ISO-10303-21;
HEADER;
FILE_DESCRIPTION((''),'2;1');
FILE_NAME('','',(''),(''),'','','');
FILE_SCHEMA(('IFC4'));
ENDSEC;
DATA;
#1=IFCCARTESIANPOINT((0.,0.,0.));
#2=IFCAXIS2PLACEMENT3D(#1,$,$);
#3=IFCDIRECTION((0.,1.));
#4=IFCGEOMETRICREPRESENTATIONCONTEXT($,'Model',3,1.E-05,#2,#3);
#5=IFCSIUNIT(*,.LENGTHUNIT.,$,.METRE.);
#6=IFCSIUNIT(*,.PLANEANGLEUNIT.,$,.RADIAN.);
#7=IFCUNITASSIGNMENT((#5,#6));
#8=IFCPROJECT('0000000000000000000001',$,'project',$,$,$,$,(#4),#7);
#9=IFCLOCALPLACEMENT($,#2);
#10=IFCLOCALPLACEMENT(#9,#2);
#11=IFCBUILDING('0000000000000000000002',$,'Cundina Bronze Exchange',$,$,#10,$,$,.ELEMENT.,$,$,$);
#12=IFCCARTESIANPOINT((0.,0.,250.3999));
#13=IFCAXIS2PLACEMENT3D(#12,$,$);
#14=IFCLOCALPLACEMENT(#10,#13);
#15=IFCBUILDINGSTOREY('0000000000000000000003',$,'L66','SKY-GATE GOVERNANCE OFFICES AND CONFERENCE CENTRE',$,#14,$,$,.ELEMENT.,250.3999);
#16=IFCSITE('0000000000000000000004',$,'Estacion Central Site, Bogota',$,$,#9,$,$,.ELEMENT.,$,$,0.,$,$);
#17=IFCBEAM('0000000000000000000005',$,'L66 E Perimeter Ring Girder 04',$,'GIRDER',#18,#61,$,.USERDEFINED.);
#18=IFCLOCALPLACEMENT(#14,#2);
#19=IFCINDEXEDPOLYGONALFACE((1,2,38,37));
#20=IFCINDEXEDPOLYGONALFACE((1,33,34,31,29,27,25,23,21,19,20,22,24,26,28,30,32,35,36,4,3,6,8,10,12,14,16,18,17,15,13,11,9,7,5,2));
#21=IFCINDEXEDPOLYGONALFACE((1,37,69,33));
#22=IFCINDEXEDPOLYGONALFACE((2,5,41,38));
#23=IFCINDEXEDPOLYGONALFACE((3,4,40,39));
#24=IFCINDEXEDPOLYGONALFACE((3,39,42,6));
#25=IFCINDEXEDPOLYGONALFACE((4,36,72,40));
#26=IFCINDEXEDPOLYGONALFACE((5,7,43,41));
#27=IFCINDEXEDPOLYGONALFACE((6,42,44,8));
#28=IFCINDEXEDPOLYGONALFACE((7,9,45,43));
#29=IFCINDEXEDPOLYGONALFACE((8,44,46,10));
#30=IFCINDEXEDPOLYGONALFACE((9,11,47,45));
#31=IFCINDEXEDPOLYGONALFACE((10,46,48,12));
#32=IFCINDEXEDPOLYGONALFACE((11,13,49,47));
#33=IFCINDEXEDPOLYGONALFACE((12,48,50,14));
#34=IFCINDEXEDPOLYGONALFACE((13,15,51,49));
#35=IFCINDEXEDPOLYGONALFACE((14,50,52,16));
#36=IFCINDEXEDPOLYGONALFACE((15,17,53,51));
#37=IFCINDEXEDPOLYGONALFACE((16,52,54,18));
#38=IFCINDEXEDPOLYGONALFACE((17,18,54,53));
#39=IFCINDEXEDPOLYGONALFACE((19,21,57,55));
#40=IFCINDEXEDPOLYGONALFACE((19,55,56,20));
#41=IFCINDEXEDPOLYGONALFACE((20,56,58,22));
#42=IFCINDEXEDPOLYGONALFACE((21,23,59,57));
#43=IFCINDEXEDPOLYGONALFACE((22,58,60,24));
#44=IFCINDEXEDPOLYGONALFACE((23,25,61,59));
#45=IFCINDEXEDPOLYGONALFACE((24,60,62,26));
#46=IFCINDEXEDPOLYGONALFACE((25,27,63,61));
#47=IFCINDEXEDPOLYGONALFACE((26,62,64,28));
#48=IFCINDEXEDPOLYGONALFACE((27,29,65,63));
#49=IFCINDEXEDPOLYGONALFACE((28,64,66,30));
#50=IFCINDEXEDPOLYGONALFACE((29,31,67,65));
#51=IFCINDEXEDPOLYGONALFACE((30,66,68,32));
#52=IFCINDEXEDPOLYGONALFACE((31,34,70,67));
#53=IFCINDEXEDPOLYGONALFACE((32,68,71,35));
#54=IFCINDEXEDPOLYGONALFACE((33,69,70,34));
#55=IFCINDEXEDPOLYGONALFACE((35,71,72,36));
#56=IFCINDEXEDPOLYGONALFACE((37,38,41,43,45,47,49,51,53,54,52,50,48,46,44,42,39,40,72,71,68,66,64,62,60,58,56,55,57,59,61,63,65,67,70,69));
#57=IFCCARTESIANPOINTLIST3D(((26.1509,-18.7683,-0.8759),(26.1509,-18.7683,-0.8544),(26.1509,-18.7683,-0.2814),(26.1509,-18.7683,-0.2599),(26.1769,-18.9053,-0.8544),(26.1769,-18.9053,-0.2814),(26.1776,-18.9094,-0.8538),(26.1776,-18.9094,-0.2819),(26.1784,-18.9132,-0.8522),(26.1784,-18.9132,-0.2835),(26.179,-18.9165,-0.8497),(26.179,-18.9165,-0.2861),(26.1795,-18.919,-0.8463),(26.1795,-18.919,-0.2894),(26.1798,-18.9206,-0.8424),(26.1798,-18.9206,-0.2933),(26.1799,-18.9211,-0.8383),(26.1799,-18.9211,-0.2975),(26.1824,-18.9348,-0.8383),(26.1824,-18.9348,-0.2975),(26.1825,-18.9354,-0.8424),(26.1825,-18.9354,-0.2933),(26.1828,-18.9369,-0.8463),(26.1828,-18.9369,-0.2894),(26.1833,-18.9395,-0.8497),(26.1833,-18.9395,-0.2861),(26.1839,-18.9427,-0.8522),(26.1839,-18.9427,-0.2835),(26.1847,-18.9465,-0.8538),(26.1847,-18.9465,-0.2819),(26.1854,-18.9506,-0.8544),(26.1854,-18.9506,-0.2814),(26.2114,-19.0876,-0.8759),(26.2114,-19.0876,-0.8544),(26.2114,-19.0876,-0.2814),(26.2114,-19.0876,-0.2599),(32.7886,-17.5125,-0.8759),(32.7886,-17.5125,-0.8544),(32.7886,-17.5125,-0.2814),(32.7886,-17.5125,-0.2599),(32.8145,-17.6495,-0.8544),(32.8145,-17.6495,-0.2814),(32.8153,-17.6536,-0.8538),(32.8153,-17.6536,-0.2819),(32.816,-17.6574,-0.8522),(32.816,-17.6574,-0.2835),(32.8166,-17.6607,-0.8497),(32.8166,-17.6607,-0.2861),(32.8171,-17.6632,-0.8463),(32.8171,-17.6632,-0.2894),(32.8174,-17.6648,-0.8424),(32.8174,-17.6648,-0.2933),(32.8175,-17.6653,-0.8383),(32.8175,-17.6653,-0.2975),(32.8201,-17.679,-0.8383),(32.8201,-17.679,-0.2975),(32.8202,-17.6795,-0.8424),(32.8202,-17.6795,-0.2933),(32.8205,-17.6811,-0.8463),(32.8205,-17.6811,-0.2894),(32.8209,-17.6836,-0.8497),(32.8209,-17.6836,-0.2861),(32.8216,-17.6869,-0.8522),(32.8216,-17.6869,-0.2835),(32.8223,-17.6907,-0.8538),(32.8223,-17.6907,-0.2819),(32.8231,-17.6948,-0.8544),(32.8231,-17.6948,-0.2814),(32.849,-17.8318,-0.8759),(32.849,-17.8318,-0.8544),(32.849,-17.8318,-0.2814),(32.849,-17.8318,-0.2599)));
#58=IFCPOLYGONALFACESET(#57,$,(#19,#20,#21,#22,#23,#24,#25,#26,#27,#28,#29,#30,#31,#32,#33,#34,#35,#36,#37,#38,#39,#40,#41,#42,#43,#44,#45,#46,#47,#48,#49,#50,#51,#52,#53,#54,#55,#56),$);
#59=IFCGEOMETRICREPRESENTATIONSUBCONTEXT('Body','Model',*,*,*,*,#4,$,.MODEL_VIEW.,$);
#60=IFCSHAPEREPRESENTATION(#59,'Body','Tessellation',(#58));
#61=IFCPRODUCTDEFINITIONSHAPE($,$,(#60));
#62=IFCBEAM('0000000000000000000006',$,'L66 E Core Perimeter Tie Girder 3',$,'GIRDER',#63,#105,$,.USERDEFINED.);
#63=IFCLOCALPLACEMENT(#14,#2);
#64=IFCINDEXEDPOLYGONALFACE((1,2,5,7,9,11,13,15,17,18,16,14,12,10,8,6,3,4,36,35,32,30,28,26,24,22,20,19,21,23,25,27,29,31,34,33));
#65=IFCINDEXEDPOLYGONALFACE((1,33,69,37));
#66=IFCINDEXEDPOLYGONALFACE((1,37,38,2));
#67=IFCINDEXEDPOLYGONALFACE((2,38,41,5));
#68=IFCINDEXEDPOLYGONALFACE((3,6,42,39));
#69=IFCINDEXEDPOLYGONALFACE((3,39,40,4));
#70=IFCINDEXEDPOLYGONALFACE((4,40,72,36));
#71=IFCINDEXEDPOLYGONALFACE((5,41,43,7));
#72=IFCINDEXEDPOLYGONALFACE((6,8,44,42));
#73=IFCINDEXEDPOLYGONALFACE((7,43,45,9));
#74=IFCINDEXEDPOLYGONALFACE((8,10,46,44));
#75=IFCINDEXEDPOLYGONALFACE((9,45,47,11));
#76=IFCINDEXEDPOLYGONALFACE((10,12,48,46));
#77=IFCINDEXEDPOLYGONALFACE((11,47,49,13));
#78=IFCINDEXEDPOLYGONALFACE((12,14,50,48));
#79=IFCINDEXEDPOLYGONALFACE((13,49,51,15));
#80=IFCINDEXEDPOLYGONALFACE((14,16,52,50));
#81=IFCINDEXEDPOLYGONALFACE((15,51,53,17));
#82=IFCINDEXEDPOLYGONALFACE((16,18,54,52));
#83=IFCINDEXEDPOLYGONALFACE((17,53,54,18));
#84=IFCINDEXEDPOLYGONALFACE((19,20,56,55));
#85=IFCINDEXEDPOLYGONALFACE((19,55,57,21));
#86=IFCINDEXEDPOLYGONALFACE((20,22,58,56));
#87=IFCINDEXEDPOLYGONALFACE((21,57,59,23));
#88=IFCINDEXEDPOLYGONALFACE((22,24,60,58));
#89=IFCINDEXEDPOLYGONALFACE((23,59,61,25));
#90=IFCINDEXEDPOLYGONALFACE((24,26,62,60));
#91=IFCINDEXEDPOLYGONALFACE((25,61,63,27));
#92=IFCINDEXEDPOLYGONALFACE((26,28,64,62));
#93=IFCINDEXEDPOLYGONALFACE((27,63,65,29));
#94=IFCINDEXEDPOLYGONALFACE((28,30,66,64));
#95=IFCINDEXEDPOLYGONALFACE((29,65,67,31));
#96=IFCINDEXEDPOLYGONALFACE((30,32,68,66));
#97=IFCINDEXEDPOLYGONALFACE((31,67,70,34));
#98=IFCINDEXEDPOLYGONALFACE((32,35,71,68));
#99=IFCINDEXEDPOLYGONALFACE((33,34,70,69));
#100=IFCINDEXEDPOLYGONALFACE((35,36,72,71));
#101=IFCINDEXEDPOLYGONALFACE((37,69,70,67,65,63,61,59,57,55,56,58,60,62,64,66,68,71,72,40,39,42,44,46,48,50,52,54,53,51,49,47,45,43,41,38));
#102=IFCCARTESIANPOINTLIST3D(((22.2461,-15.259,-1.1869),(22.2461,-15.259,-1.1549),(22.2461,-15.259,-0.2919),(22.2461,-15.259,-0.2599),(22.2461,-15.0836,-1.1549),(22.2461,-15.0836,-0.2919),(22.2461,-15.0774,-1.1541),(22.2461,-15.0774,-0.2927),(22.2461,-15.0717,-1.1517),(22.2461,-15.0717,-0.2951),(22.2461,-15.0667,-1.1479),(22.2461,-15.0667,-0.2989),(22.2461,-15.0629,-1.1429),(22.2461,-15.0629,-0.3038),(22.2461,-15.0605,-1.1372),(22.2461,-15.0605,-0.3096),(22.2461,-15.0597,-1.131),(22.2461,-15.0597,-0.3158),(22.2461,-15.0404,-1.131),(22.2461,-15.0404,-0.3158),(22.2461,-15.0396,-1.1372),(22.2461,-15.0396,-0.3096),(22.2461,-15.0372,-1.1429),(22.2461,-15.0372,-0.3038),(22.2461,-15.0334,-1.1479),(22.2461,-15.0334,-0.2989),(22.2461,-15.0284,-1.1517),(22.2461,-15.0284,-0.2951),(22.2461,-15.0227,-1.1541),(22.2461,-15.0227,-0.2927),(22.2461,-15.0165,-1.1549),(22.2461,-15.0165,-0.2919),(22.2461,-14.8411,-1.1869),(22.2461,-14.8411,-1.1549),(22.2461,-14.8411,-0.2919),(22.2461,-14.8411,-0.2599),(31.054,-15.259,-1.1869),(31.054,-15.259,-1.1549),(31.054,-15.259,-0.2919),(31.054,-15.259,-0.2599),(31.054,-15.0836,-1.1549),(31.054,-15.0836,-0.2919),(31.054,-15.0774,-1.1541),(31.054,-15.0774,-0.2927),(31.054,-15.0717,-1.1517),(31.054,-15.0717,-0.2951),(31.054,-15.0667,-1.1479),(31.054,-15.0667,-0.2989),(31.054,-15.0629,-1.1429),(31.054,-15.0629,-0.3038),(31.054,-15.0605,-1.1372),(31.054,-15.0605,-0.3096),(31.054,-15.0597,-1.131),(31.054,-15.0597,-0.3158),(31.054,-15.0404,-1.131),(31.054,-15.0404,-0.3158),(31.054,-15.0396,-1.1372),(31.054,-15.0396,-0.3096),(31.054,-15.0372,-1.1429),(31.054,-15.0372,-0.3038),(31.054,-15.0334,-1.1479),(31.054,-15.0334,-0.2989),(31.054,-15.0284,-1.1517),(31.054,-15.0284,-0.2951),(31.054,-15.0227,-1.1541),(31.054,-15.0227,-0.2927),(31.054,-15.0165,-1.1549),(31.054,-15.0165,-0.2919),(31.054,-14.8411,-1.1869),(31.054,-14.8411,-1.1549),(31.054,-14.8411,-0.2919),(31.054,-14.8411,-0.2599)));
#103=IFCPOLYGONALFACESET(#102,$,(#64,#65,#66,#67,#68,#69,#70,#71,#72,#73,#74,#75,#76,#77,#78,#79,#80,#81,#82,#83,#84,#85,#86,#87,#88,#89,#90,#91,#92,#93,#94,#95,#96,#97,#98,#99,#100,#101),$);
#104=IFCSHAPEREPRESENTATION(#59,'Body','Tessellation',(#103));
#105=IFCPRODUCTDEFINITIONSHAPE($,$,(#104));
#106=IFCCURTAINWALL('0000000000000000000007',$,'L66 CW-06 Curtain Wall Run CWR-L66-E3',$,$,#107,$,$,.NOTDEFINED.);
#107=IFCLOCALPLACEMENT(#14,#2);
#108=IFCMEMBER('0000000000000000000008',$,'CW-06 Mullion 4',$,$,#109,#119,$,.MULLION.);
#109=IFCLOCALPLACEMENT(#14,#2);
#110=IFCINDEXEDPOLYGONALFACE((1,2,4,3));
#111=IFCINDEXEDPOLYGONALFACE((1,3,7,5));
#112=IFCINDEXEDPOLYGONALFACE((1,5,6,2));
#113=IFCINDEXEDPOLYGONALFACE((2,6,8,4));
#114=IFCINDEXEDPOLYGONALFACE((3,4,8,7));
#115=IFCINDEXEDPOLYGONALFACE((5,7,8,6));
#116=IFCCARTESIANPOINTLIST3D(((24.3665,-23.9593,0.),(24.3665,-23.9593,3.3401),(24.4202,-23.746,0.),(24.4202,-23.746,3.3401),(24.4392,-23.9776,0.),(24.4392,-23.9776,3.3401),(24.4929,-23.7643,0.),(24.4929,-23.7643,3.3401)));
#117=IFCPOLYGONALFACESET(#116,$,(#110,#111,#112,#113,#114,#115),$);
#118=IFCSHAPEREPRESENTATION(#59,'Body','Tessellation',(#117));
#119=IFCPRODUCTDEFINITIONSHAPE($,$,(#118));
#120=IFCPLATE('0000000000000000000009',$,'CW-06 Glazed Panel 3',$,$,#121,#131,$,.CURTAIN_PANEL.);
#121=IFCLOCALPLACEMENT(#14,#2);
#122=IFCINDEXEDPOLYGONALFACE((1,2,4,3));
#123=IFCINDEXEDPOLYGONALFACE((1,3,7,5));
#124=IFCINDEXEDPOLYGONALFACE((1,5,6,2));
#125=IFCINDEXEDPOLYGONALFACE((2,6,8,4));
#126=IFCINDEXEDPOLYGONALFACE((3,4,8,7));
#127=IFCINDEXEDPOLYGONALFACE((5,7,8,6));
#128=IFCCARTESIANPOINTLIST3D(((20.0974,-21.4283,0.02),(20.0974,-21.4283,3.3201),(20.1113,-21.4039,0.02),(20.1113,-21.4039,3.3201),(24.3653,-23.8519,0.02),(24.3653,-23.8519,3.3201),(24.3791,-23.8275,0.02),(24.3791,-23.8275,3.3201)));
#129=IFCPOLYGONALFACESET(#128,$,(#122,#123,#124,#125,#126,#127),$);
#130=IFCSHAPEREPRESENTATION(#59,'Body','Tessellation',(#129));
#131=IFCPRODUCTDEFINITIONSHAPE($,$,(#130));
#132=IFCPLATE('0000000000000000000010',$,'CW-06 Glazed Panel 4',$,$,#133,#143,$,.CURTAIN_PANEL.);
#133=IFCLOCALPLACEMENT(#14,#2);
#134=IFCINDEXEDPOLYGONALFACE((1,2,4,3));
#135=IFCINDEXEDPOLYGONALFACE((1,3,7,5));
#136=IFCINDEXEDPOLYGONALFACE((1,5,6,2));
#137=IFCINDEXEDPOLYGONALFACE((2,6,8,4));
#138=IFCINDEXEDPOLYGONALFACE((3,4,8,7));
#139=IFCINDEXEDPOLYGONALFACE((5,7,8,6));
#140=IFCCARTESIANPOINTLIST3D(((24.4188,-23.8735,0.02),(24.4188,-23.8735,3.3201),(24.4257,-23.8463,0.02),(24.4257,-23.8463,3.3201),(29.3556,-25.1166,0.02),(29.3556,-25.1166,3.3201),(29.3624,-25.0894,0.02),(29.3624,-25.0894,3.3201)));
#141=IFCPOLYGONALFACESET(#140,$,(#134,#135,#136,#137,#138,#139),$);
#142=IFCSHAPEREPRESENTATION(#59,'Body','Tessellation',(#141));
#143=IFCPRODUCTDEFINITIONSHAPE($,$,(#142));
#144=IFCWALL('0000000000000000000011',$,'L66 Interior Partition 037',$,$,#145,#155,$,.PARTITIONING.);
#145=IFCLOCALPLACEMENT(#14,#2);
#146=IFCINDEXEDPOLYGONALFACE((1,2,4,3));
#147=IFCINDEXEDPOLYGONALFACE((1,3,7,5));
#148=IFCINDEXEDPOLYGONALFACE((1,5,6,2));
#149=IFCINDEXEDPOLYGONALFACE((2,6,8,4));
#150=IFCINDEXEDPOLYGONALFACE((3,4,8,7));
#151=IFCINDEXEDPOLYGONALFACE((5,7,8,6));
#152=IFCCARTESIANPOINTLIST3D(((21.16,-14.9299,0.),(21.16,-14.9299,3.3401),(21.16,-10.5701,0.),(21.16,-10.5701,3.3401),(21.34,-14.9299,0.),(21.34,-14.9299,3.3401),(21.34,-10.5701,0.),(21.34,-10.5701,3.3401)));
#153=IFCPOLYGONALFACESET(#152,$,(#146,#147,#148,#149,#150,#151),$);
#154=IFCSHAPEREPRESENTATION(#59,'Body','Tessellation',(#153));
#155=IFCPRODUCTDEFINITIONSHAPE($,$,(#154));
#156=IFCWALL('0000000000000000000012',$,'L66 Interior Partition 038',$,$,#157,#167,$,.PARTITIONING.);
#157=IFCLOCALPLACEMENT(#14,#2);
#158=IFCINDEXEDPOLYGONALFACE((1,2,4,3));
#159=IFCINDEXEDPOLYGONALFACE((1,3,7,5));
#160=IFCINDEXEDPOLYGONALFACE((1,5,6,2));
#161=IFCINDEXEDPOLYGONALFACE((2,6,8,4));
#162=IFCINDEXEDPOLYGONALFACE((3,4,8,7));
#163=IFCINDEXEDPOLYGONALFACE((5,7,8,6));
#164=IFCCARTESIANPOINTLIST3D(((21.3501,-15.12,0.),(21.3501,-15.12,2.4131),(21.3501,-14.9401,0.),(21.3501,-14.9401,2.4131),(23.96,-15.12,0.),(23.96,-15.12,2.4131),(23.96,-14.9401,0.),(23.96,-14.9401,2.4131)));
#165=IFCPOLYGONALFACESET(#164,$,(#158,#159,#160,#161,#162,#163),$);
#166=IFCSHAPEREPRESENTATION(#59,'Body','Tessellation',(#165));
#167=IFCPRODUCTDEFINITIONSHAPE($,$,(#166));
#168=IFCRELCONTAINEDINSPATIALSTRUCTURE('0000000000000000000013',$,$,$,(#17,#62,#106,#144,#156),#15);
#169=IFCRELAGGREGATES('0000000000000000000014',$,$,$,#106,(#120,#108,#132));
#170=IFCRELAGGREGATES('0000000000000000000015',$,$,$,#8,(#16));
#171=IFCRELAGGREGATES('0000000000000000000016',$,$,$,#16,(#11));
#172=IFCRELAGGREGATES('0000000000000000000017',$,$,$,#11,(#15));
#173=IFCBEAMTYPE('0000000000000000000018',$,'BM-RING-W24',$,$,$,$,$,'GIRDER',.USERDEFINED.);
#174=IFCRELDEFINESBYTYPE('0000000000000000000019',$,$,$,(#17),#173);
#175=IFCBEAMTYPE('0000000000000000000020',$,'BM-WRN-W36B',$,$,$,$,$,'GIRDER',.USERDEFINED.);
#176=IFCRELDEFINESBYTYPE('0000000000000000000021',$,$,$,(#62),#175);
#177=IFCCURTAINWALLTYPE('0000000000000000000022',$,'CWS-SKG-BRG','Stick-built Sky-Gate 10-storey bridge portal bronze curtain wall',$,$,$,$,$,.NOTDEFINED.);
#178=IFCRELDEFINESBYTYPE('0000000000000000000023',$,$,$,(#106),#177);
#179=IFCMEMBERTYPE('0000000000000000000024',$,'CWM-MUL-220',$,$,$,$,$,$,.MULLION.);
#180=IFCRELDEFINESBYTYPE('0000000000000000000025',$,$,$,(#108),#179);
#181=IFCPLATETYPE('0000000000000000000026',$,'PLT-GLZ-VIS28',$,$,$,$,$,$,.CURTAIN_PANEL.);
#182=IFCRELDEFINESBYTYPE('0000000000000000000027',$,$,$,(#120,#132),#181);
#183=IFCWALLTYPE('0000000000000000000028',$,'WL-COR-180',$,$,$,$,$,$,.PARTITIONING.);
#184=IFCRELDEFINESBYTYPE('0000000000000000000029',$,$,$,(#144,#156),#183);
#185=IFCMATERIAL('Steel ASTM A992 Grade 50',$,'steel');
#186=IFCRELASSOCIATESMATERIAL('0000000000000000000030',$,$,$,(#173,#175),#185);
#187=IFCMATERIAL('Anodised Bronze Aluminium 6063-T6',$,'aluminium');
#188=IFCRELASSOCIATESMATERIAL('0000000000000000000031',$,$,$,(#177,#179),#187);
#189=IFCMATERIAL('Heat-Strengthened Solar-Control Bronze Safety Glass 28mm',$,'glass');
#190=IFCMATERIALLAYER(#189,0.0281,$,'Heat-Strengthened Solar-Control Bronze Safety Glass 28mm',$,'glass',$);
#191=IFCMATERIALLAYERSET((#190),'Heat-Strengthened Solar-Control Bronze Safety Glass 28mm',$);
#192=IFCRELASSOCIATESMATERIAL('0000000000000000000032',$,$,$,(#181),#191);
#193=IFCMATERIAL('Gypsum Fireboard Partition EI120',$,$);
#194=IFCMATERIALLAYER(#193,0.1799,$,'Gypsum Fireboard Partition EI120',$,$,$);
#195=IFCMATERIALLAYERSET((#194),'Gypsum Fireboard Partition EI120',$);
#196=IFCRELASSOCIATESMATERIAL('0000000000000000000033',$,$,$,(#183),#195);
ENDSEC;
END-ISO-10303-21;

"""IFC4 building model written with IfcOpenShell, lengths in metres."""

from ifc_helpers import new_model, si_unit, direction, frame, frame_2d, origin, origin_2d, place, context, subcontext, project, spatial, rectangle, i_section, extrude, material, layer, layer_set, material_profile, profile_set, type_object, element, aggregate, save


model = new_model("IFC4")

# Units and contexts
model_context = context("Model", 3, precision=1e-05, world=origin(), true_north=direction((0.0, 1.0)))
body_context = subcontext(model_context, "Body", "Model", "MODEL_VIEW")
ifc_project = project(units=[si_unit("LENGTHUNIT", "METRE"), si_unit("PLANEANGLEUNIT", "RADIAN")], contexts=[model_context])

# Site, building, storey
site_placement = place(None, origin())
site = spatial("IfcSite", under=ifc_project, at=site_placement, Name="Estacion Central Site, Bogota", CompositionType="ELEMENT", RefElevation=0.0)
building_placement = place(site_placement, origin())
building = spatial("IfcBuilding", under=site, at=building_placement, Name="Cundina Bronze Exchange", CompositionType="ELEMENT")
storey_placement = place(building_placement, frame((0.0, 0.0, 250.3999)))
storey = spatial("IfcBuildingStorey", under=building, at=storey_placement, Name="L66", Description="SKY-GATE GOVERNANCE OFFICES AND CONFERENCE CENTRE", CompositionType="ELEMENT", Elevation=250.3999)

# Shared definitions
ifc_material_1 = material(Name="Steel ASTM A992 Grade 50", Category="steel")

# Beams
ifc_material_profile_1 = material_profile(ifc_material_1, i_section(OverallWidth=0.325, OverallDepth=0.616, WebThickness=0.0139, FlangeThickness=0.0215, FilletRadius=0.0161, at=origin_2d()), Name="W24X117", Category="steel")
ifc_profile_set_1 = profile_set([ifc_material_profile_1], Name="Steel ASTM A992 Grade 50")
beam_type_1 = type_object("IfcBeamType", Name="BM-RING-W24", ElementType="GIRDER", PredefinedType="USERDEFINED", material=ifc_profile_set_1)
beam_1_placement = place(storey_placement, frame((26.1812, -18.928, -0.5679), z_axis=(0.982568, 0.185903, 0.0), x_axis=(-0.185903, 0.982568, 0.0)))
element("IfcBeam", 1, at=beam_1_placement, inside=storey, type_object=beam_type_1, Name="L66 E Perimeter Ring Girder 04", ObjectType="GIRDER", PredefinedType="USERDEFINED", context=body_context, shape_type="SweptSolid", body=[
    extrude(i_section(OverallWidth=0.325, OverallDepth=0.616, WebThickness=0.0139, FlangeThickness=0.0215, FilletRadius=0.0161, at=origin_2d()), origin(), (0.0, 0.0, 1.0), 6.7554),
])
ifc_material_profile_2 = material_profile(ifc_material_1, i_section(OverallWidth=0.418, OverallDepth=0.927, WebThickness=0.0193, FlangeThickness=0.032, FilletRadius=0.0239, at=origin_2d()), Name="W36X231", Category="steel")
ifc_profile_set_2 = profile_set([ifc_material_profile_2], Name="Steel ASTM A992 Grade 50")
beam_type_2 = type_object("IfcBeamType", Name="BM-WRN-W36B", ElementType="GIRDER", PredefinedType="USERDEFINED", material=ifc_profile_set_2)
beam_2_placement = place(storey_placement, frame((22.2461, -15.05, -0.7234), z_axis=(1.0, 0.0, 0.0), x_axis=(0.0, 1.0, 0.0)))
element("IfcBeam", 2, at=beam_2_placement, inside=storey, type_object=beam_type_2, Name="L66 E Core Perimeter Tie Girder 3", ObjectType="GIRDER", PredefinedType="USERDEFINED", context=body_context, shape_type="SweptSolid", body=[
    extrude(i_section(OverallWidth=0.418, OverallDepth=0.927, WebThickness=0.0193, FlangeThickness=0.032, FilletRadius=0.0239, at=origin_2d()), origin(), (0.0, 0.0, 1.0), 8.8079),
])

# Curtain wall, member, plates
ifc_material_2 = material(Name="Anodised Bronze Aluminium 6063-T6", Category="aluminium")
curtain_wall_type = type_object("IfcCurtainWallType", Name="CWS-SKG-BRG", Description="Stick-built Sky-Gate 10-storey bridge portal bronze curtain wall", PredefinedType="NOTDEFINED", material=ifc_material_2)
curtain_wall_placement = place(storey_placement, origin())
curtain_wall = element("IfcCurtainWall", 3, at=curtain_wall_placement, inside=storey, type_object=curtain_wall_type, Name="L66 CW-06 Curtain Wall Run CWR-L66-E3", PredefinedType="NOTDEFINED")
ifc_material_profile_3 = material_profile(ifc_material_2, rectangle(XDim=0.075, YDim=0.22, at=origin_2d()), Name="AL75X220", Category="aluminium")
ifc_profile_set_3 = profile_set([ifc_material_profile_3], Name="Anodised Bronze Aluminium 6063-T6")
member_type = type_object("IfcMemberType", Name="CWM-MUL-220", PredefinedType="MULLION", material=ifc_profile_set_3)
member_placement = place(storey_placement, frame((24.4297, -23.8618, 0.0), z_axis=(0.0, 0.0, 1.0), x_axis=(0.969744, -0.244123, 0.0)))
member = element("IfcMember", 4, at=member_placement, type_object=member_type, Name="CW-06 Mullion 4", PredefinedType="MULLION", context=body_context, shape_type="SweptSolid", body=[
    extrude(rectangle(XDim=0.075, YDim=0.22, at=origin_2d()), origin(), (0.0, 0.0, 1.0), 3.3401),
])
ifc_material_3 = material(Name="Heat-Strengthened Solar-Control Bronze Safety Glass 28mm", Category="glass")
ifc_layer_1 = layer(ifc_material_3, 0.0281, Name="Heat-Strengthened Solar-Control Bronze Safety Glass 28mm", Category="glass")
ifc_layer_set_1 = layer_set([ifc_layer_1], Name="Heat-Strengthened Solar-Control Bronze Safety Glass 28mm")
plate_type = type_object("IfcPlateType", Name="PLT-GLZ-VIS28", PredefinedType="CURTAIN_PANEL", material=ifc_layer_set_1)
plate_1_placement = place(storey_placement, frame((22.2383, -22.6279, 0.02), z_axis=(0.0, 0.0, 1.0), x_axis=(0.869573, -0.493805, 0.0)))
plate_1 = element("IfcPlate", 5, at=plate_1_placement, type_object=plate_type, Name="CW-06 Glazed Panel 3", PredefinedType="CURTAIN_PANEL", context=body_context, shape_type="SweptSolid", body=[
    extrude(rectangle(XDim=4.908, YDim=0.0281, at=origin_2d()), origin(), (0.0, 0.0, 1.0), 3.3),
])
plate_2_placement = place(storey_placement, frame((26.8906, -24.4814, 0.02), z_axis=(0.0, 0.0, 1.0), x_axis=(0.969732, -0.244174, 0.0)))
plate_2 = element("IfcPlate", 6, at=plate_2_placement, type_object=plate_type, Name="CW-06 Glazed Panel 4", PredefinedType="CURTAIN_PANEL", context=body_context, shape_type="SweptSolid", body=[
    extrude(rectangle(XDim=5.0908, YDim=0.0281, at=origin_2d()), origin(), (0.0, 0.0, 1.0), 3.3),
])
aggregate(curtain_wall, [plate_1, member, plate_2])

# Walls
ifc_material_4 = material(Name="Gypsum Fireboard Partition EI120")
ifc_layer_2 = layer(ifc_material_4, 0.1799, Name="Gypsum Fireboard Partition EI120")
ifc_layer_set_2 = layer_set([ifc_layer_2], Name="Gypsum Fireboard Partition EI120")
wall_type_1 = type_object("IfcWallType", Name="WL-COR-180", PredefinedType="PARTITIONING", material=ifc_layer_set_2)
wall_1_placement = place(storey_placement, frame((21.25, -14.9299, 0.0), z_axis=(0.0, 0.0, 1.0), x_axis=(0.0, 1.0, 0.0)))
element("IfcWall", 7, at=wall_1_placement, inside=storey, type_object=wall_type_1, Name="L66 Interior Partition 037", PredefinedType="PARTITIONING", context=body_context, shape_type="SweptSolid", body=[
    extrude(rectangle(XDim=4.3599, YDim=0.1799, at=frame_2d((2.1799, 0.0))), origin(), (0.0, 0.0, 1.0), 3.3401),
])
wall_2_placement = place(storey_placement, frame((21.3501, -15.03, 0.0), z_axis=(0.0, 0.0, 1.0), x_axis=(1.0, 0.0, 0.0)))
element("IfcWall", 8, at=wall_2_placement, inside=storey, type_object=wall_type_1, Name="L66 Interior Partition 038", PredefinedType="PARTITIONING", context=body_context, shape_type="SweptSolid", body=[
    extrude(rectangle(XDim=2.6099, YDim=0.1799, at=frame_2d((1.3049, 0.0))), origin(), (0.0, 0.0, 1.0), 2.4131),
])

save(model, "model.ifc")
